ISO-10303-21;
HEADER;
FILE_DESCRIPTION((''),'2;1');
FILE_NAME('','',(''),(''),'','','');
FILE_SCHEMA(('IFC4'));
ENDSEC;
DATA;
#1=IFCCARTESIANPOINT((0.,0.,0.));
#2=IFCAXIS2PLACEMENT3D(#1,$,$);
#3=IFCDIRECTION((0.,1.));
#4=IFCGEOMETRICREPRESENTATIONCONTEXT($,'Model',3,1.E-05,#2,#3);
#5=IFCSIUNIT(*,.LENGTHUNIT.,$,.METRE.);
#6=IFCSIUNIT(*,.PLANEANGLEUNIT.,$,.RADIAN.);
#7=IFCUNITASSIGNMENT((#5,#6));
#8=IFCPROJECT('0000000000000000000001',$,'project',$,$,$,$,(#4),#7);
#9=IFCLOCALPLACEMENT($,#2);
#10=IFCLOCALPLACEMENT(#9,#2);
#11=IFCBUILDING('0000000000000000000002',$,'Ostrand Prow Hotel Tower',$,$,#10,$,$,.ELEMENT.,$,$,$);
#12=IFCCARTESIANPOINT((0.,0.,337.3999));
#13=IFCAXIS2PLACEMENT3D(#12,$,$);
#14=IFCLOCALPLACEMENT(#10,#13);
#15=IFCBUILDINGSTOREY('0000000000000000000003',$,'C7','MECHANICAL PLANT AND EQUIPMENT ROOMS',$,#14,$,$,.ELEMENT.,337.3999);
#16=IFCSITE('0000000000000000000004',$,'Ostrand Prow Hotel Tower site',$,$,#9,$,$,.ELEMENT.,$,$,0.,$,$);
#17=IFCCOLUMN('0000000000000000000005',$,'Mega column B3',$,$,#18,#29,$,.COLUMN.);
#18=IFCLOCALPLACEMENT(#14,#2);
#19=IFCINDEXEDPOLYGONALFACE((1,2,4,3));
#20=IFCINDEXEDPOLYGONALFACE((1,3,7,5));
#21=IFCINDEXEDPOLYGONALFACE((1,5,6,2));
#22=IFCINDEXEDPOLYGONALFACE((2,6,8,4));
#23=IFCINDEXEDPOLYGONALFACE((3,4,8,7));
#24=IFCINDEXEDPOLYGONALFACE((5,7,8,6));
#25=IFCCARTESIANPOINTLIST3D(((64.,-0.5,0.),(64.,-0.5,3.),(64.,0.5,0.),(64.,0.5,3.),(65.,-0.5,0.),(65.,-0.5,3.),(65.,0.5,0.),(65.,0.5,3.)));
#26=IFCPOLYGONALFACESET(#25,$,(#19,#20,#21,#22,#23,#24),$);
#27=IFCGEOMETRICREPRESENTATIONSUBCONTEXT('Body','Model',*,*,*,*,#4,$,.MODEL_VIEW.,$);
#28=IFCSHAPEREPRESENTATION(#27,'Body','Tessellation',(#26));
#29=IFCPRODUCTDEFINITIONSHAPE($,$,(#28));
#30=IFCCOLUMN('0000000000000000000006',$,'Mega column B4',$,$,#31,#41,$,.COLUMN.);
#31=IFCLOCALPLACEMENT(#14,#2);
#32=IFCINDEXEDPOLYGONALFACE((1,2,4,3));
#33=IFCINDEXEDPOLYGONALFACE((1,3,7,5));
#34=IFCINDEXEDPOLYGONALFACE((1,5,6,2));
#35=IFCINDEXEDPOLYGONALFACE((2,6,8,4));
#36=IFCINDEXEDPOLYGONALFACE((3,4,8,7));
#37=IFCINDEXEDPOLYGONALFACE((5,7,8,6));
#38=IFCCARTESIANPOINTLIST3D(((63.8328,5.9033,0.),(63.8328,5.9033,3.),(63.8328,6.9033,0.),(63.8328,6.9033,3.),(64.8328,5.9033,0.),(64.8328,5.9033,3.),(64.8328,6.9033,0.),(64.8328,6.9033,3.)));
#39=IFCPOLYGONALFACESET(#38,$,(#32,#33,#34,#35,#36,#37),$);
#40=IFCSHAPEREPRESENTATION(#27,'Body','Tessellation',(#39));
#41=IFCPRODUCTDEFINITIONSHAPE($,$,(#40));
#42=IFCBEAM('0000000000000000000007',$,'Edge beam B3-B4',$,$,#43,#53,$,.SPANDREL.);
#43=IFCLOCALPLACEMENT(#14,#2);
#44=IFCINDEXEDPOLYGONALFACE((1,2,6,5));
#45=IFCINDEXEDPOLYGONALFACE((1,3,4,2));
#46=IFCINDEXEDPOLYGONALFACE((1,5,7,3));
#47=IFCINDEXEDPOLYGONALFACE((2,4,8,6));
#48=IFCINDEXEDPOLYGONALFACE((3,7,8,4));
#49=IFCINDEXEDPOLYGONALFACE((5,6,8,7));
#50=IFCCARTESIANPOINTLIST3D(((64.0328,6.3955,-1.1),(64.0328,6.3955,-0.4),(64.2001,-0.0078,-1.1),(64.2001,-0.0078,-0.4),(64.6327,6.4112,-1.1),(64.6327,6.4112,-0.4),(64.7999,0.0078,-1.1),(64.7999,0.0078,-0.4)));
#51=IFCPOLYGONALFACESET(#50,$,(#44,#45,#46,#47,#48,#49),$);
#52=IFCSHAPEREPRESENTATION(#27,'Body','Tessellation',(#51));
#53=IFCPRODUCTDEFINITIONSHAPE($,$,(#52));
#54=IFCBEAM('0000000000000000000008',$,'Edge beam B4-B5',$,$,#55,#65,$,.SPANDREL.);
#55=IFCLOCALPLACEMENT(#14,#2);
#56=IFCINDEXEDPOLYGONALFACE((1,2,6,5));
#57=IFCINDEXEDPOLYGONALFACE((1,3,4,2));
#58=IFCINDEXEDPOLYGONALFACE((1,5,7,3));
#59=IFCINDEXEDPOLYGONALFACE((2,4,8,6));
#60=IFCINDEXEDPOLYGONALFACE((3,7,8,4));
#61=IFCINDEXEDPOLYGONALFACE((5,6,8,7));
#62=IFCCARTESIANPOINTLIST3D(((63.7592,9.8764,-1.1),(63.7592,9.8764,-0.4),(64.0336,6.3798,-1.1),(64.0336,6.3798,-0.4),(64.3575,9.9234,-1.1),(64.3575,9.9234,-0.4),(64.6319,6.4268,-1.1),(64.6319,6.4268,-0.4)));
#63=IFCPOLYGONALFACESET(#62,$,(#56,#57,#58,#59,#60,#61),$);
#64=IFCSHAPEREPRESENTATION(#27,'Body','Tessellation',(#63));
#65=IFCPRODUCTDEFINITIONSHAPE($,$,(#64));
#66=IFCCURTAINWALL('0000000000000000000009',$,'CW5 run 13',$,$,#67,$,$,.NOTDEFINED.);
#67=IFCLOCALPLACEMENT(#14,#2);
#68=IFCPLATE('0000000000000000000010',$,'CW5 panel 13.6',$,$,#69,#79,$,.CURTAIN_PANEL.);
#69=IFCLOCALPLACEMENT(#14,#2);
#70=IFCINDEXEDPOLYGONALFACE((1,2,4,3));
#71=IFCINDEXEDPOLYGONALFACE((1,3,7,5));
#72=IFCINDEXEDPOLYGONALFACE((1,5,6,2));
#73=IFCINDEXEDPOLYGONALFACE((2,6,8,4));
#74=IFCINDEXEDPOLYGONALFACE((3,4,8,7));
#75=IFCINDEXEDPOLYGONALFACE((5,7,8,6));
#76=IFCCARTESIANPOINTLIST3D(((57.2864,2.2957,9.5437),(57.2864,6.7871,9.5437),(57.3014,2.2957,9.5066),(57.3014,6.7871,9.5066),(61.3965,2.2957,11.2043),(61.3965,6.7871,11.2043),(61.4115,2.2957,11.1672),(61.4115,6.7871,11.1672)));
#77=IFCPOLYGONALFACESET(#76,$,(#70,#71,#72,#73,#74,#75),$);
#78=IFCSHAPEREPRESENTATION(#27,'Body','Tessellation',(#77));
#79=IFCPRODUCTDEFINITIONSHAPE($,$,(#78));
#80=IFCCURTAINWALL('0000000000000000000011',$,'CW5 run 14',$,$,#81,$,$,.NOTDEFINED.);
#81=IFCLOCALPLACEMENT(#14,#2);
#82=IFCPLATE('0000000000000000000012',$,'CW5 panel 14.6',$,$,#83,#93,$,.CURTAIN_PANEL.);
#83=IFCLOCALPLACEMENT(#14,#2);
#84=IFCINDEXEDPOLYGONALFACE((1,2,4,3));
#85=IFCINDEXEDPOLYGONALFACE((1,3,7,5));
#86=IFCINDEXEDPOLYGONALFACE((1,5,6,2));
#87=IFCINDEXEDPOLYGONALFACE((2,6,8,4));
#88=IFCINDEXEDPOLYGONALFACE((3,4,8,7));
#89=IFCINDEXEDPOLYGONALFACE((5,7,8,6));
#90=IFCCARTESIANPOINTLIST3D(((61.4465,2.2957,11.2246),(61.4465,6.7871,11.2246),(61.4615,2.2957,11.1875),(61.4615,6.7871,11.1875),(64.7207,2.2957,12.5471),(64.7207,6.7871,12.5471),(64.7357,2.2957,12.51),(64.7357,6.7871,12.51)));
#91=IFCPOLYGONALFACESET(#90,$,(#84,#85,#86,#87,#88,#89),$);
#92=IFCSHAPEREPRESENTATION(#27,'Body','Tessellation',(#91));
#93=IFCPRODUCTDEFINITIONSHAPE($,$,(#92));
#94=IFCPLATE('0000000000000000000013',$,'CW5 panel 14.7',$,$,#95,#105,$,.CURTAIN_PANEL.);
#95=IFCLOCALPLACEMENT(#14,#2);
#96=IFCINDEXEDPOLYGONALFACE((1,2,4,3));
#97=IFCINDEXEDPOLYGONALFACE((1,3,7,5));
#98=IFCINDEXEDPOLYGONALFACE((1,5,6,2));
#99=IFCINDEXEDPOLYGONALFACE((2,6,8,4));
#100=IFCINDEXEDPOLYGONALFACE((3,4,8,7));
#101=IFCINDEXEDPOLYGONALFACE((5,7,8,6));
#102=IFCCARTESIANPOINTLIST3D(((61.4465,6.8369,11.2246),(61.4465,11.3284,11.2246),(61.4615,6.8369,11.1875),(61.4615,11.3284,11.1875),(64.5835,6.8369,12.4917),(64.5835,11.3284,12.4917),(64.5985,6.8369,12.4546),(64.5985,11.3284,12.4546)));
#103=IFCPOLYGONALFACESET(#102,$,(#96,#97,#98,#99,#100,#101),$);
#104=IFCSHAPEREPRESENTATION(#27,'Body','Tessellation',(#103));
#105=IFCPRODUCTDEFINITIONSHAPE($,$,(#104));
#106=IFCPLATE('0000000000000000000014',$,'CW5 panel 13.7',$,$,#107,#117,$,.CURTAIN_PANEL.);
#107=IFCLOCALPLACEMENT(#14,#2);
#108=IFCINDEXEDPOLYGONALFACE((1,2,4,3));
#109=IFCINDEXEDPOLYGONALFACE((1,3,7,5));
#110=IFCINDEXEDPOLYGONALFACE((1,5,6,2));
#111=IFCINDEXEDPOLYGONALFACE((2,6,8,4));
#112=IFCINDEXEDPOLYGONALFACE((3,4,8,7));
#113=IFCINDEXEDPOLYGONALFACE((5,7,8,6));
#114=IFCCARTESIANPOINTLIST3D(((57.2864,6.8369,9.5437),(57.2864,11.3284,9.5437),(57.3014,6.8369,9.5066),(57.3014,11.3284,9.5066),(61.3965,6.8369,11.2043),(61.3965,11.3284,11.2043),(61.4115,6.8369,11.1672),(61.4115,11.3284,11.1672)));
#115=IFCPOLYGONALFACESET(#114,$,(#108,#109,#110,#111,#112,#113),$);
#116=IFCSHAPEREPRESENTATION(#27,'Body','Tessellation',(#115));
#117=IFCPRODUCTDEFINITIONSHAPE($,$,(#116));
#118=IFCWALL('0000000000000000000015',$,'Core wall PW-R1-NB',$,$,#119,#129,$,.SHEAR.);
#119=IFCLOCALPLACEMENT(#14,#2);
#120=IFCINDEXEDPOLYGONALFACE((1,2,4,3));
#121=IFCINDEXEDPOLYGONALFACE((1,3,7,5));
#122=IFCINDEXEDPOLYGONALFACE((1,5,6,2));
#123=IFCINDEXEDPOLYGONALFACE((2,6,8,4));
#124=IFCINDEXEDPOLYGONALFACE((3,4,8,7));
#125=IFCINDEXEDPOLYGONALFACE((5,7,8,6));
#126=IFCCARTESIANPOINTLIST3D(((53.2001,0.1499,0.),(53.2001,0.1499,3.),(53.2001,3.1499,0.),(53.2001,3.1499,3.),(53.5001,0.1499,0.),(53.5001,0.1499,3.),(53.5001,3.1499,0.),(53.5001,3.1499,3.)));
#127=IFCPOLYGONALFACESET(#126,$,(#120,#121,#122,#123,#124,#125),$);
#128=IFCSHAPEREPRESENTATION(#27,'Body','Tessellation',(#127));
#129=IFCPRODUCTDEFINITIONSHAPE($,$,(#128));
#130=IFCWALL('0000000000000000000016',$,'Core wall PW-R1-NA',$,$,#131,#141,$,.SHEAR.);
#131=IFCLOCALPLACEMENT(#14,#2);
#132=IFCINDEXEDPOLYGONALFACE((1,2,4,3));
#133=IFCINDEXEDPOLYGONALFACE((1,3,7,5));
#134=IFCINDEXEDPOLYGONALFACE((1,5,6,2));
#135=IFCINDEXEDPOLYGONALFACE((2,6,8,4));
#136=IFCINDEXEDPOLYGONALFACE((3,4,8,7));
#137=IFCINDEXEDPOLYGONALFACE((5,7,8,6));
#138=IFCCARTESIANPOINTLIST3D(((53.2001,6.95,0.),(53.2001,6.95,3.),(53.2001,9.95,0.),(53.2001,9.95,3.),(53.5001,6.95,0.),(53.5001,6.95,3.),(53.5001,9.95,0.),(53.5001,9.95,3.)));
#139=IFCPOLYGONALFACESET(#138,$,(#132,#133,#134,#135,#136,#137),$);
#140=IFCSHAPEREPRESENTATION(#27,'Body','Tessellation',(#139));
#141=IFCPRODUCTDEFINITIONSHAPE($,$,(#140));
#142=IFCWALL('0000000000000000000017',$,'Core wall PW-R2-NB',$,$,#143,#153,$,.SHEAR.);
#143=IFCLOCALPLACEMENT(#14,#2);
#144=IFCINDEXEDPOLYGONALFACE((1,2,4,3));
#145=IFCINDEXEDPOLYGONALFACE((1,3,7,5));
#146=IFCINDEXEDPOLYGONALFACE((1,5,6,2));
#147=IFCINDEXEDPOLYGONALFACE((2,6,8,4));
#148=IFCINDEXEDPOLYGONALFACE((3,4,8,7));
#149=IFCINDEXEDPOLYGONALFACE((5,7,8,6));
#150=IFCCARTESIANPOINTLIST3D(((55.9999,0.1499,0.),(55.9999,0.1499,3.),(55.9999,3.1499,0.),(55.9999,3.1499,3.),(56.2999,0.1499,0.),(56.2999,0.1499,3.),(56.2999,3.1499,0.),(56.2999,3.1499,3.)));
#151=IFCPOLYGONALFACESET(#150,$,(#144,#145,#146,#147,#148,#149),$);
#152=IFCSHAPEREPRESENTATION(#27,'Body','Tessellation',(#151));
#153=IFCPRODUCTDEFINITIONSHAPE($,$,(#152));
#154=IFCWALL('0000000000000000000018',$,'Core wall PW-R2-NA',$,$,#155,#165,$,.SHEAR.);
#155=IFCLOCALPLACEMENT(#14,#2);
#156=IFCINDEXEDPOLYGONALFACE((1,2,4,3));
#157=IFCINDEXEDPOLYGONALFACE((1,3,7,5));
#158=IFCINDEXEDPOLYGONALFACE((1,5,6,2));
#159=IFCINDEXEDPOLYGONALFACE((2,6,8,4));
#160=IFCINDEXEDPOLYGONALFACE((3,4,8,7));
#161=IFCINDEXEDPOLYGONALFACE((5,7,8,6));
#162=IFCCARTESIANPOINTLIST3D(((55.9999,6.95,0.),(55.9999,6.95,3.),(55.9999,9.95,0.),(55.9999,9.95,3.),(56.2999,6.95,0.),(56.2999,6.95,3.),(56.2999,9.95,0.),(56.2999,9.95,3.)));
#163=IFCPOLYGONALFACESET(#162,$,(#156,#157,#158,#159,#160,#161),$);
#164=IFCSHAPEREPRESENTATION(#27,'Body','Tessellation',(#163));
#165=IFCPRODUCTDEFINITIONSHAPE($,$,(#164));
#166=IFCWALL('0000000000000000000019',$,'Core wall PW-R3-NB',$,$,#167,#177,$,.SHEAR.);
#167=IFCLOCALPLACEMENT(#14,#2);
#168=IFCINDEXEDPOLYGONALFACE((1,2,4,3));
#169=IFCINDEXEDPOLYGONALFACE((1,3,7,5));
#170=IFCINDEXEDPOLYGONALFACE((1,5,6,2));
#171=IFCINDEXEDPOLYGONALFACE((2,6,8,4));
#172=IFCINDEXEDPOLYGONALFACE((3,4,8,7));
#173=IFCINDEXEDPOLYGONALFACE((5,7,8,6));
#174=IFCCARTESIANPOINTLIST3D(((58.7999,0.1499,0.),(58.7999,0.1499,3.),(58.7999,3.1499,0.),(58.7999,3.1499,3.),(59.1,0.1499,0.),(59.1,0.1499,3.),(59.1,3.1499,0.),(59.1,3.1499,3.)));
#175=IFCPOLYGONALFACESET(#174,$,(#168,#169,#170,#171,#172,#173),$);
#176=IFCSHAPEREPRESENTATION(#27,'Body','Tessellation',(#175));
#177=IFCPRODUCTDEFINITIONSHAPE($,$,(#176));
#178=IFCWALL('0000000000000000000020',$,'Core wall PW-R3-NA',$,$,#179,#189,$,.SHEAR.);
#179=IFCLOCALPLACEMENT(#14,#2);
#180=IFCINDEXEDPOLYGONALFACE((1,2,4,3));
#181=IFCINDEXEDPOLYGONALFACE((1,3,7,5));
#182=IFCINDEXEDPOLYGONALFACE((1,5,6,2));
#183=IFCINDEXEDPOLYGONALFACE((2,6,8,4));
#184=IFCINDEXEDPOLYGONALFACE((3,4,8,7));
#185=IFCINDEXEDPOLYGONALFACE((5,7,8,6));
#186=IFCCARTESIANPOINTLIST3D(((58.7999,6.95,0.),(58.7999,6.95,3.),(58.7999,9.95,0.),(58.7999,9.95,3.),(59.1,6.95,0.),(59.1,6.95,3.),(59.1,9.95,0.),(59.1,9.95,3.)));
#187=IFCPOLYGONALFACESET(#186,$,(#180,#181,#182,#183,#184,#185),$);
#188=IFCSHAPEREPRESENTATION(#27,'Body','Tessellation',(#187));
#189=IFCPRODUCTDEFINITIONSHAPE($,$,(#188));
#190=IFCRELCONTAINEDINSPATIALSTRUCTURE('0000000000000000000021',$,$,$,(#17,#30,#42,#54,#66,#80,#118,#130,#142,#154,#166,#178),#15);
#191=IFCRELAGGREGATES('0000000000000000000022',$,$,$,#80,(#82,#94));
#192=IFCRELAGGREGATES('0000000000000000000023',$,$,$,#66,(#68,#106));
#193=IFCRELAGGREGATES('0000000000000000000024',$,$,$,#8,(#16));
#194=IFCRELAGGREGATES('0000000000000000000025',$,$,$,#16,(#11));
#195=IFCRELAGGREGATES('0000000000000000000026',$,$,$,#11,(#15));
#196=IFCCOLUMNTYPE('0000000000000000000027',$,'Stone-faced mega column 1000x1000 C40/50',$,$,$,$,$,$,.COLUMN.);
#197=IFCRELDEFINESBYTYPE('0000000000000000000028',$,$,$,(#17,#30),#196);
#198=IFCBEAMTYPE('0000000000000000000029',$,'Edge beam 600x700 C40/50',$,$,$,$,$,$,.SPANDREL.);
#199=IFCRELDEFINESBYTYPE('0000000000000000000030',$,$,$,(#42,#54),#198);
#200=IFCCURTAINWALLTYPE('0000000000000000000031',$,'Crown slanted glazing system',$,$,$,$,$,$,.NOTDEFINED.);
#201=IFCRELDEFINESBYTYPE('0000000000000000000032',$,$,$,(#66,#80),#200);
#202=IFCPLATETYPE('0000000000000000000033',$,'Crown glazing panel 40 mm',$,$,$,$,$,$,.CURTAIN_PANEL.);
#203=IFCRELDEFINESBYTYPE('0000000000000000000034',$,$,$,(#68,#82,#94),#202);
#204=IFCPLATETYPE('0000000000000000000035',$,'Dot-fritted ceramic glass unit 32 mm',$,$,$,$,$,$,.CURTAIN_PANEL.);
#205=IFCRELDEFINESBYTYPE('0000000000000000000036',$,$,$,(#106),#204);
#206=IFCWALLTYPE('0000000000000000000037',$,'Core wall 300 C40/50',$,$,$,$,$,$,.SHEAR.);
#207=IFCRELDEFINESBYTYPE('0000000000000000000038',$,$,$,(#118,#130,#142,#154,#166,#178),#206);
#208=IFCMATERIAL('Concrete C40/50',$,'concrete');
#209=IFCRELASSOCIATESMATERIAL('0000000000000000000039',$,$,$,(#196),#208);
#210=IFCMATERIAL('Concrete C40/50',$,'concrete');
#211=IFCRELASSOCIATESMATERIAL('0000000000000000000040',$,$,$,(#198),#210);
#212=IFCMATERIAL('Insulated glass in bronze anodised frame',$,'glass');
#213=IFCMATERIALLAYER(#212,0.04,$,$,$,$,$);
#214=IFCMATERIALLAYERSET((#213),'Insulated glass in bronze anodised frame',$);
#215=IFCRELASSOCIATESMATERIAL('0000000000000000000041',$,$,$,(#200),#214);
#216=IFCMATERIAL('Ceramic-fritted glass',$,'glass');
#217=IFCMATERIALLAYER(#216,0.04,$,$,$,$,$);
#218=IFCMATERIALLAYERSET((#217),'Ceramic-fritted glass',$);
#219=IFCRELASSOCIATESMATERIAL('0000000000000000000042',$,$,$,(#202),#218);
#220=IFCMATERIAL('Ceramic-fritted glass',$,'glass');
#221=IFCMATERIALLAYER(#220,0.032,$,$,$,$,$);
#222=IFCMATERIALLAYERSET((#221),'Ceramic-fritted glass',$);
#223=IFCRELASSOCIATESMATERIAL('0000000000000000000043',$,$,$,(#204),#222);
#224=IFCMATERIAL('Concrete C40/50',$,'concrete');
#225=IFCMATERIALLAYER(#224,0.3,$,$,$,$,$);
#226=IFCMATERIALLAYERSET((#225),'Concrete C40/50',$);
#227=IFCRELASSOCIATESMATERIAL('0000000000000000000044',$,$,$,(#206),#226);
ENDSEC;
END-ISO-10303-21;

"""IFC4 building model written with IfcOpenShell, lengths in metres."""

from ifc_helpers import new_model, si_unit, direction, frame, frame_2d, origin, origin_2d, place, context, subcontext, project, spatial, polyline, rectangle, outline, extrude, material, layer, layer_set, material_profile, profile_set, type_object, element, aggregate, save


model = new_model("IFC4")

# Units and contexts
model_context = context("Model", 3, precision=1e-05, world=origin(), true_north=direction((0.0, 1.0)))
body_context = subcontext(model_context, "Body", "Model", "MODEL_VIEW")
ifc_project = project(units=[si_unit("LENGTHUNIT", "METRE"), si_unit("PLANEANGLEUNIT", "RADIAN")], contexts=[model_context])

# Site, building, storey
site_placement = place(None, origin())
site = spatial("IfcSite", under=ifc_project, at=site_placement, Name="Ostrand Prow Hotel Tower site", CompositionType="ELEMENT", RefElevation=0.0)
building_placement = place(site_placement, origin())
building = spatial("IfcBuilding", under=site, at=building_placement, Name="Ostrand Prow Hotel Tower", CompositionType="ELEMENT")
storey_placement = place(building_placement, frame((0.0, 0.0, 337.3999)))
storey = spatial("IfcBuildingStorey", under=building, at=storey_placement, Name="C7", Description="MECHANICAL PLANT AND EQUIPMENT ROOMS", CompositionType="ELEMENT", Elevation=337.3999)

# Columns
ifc_material_1 = material(Name="Concrete C40/50", Category="concrete")
ifc_material_profile_1 = material_profile(ifc_material_1, rectangle(XDim=1.0, YDim=1.0, at=origin_2d()), Name="RC 1000x1000")
ifc_profile_set_1 = profile_set([ifc_material_profile_1], Name="Concrete C40/50")
column_type = type_object("IfcColumnType", Name="Stone-faced mega column 1000x1000 C40/50", PredefinedType="COLUMN", material=ifc_profile_set_1)
for number, where, z_axis, x_axis, name in (
    (1, (64.5, 0.0, 0.0), (0.0, 0.0, 1.0), (1.0, 0.0, 0.0), "Mega column B3"),
    (2, (64.3328, 6.4033, 0.0), (0.0, 0.0, 1.0), (1.0, 0.0, 0.0), "Mega column B4"),
):
    element("IfcColumn", number, at=place(storey_placement, frame(where, z_axis=z_axis, x_axis=x_axis)), inside=storey, type_object=column_type, Name=name, PredefinedType="COLUMN", context=body_context, shape_type="SweptSolid", body=[
        extrude(rectangle(XDim=1.0, YDim=1.0, at=origin_2d()), origin(), (0.0, 0.0, 1.0), 3.0),
    ])

# Beams
ifc_material_2 = material(Name="Concrete C40/50", Category="concrete")
ifc_material_profile_2 = material_profile(ifc_material_2, rectangle(XDim=0.6001, YDim=0.7, at=origin_2d()), Name="RC 600x700")
ifc_profile_set_2 = profile_set([ifc_material_profile_2], Name="Concrete C40/50")
beam_type = type_object("IfcBeamType", Name="Edge beam 600x700 C40/50", PredefinedType="SPANDREL", material=ifc_profile_set_2)
beam_1_placement = place(storey_placement, frame((64.5, 0.0, -0.75), z_axis=(-0.026108, 0.999659, 0.0), x_axis=(-0.999659, -0.026108, 0.0)))
element("IfcBeam", 3, at=beam_1_placement, inside=storey, type_object=beam_type, Name="Edge beam B3-B4", PredefinedType="SPANDREL", context=body_context, shape_type="SweptSolid", body=[
    extrude(rectangle(XDim=0.6001, YDim=0.7, at=origin_2d()), origin(), (0.0, 0.0, 1.0), 6.4055),
])
beam_2_placement = place(storey_placement, frame((64.3328, 6.4033, -0.75), z_axis=(-0.07824, 0.996935, 0.0), x_axis=(-0.996935, -0.07824, 0.0)))
element("IfcBeam", 4, at=beam_2_placement, inside=storey, type_object=beam_type, Name="Edge beam B4-B5", PredefinedType="SPANDREL", context=body_context, shape_type="SweptSolid", body=[
    extrude(rectangle(XDim=0.6001, YDim=0.7, at=origin_2d()), origin(), (0.0, 0.0, 1.0), 3.5073),
])

# Curtain wall, plate
ifc_material_3 = material(Name="Insulated glass in bronze anodised frame", Category="glass")
ifc_layer_1 = layer(ifc_material_3, 0.04)
ifc_layer_set_1 = layer_set([ifc_layer_1], Name="Insulated glass in bronze anodised frame")
curtain_wall_type = type_object("IfcCurtainWallType", Name="Crown slanted glazing system", PredefinedType="NOTDEFINED", material=ifc_layer_set_1)
curtain_wall_1_placement = place(storey_placement, origin())
curtain_wall_1 = element("IfcCurtainWall", 5, at=curtain_wall_1_placement, inside=storey, type_object=curtain_wall_type, Name="CW5 run 13", PredefinedType="NOTDEFINED")
ifc_material_4 = material(Name="Ceramic-fritted glass", Category="glass")
ifc_layer_2 = layer(ifc_material_4, 0.04)
ifc_layer_set_2 = layer_set([ifc_layer_2], Name="Ceramic-fritted glass")
plate_type_1 = type_object("IfcPlateType", Name="Crown glazing panel 40 mm", PredefinedType="CURTAIN_PANEL", material=ifc_layer_set_2)
plate_1_placement = place(storey_placement, frame((57.2864, 2.2957, 9.5437), z_axis=(-0.374617, 0.0, 0.92718), x_axis=(0.92718, 0.0, 0.374617)))
plate_1 = element("IfcPlate", 6, at=plate_1_placement, type_object=plate_type_1, Name="CW5 panel 13.6", PredefinedType="CURTAIN_PANEL", context=body_context, shape_type="SweptSolid", body=[
    extrude(outline(polyline([(0.0, 0.0), (4.4329, 0.0), (4.4329, 4.4915), (0.0, 4.4915), (0.0, 0.0)])), origin(), (0.0, 0.0, -1.0), 0.04),
])

# Curtain wall, plates
curtain_wall_2_placement = place(storey_placement, origin())
curtain_wall_2 = element("IfcCurtainWall", 7, at=curtain_wall_2_placement, inside=storey, type_object=curtain_wall_type, Name="CW5 run 14", PredefinedType="NOTDEFINED")
plate_2_placement = place(storey_placement, frame((64.7207, 2.2957, 12.5471), z_axis=(-0.374524, 0.0, 0.927217), x_axis=(0.0, 1.0, 0.0)))
plate_2 = element("IfcPlate", 8, at=plate_2_placement, type_object=plate_type_1, Name="CW5 panel 14.6", PredefinedType="CURTAIN_PANEL", context=body_context, shape_type="SweptSolid", body=[
    extrude(outline(polyline([(0.0, 0.0), (4.4915, 0.0), (4.4915, 3.5312), (0.0, 3.5312), (0.0, 0.0)])), origin(), (0.0, 0.0, -1.0), 0.04),
])
plate_3_placement = place(storey_placement, frame((64.5835, 6.8369, 12.4917), z_axis=(-0.374524, 0.0, 0.927217), x_axis=(0.0, 1.0, 0.0)))
plate_3 = element("IfcPlate", 9, at=plate_3_placement, type_object=plate_type_1, Name="CW5 panel 14.7", PredefinedType="CURTAIN_PANEL", context=body_context, shape_type="SweptSolid", body=[
    extrude(outline(polyline([(0.0, 0.0), (4.4915, 0.0), (4.4915, 3.3832), (0.0, 3.3832), (0.0, 0.0)])), origin(), (0.0, 0.0, -1.0), 0.04),
])
aggregate(curtain_wall_2, [plate_2, plate_3])

# Plate
ifc_material_5 = material(Name="Ceramic-fritted glass", Category="glass")
ifc_layer_3 = layer(ifc_material_5, 0.032)
ifc_layer_set_3 = layer_set([ifc_layer_3], Name="Ceramic-fritted glass")
plate_type_2 = type_object("IfcPlateType", Name="Dot-fritted ceramic glass unit 32 mm", PredefinedType="CURTAIN_PANEL", material=ifc_layer_set_3)
plate_4_placement = place(storey_placement, frame((57.2864, 6.8369, 9.5437), z_axis=(-0.374617, 0.0, 0.92718), x_axis=(0.92718, 0.0, 0.374617)))
plate_4 = element("IfcPlate", 10, at=plate_4_placement, type_object=plate_type_2, Name="CW5 panel 13.7", PredefinedType="CURTAIN_PANEL", context=body_context, shape_type="SweptSolid", body=[
    extrude(outline(polyline([(0.0, 0.0), (4.4329, 0.0), (4.4329, 4.4915), (0.0, 4.4915), (0.0, 0.0)])), origin(), (0.0, 0.0, -1.0), 0.04),
])
aggregate(curtain_wall_1, [plate_1, plate_4])

# Walls
ifc_material_6 = material(Name="Concrete C40/50", Category="concrete")
ifc_layer_4 = layer(ifc_material_6, 0.3)
ifc_layer_set_4 = layer_set([ifc_layer_4], Name="Concrete C40/50")
wall_type_1 = type_object("IfcWallType", Name="Core wall 300 C40/50", PredefinedType="SHEAR", material=ifc_layer_set_4)
for number, where, z_axis, x_axis, name in (
    (11, (53.3501, 0.1499, 0.0), (0.0, 0.0, 1.0), (0.0, 1.0, 0.0), "Core wall PW-R1-NB"),
    (12, (53.3501, 6.95, 0.0), (0.0, 0.0, 1.0), (0.0, 1.0, 0.0), "Core wall PW-R1-NA"),
    (13, (56.1499, 0.1499, 0.0), (0.0, 0.0, 1.0), (0.0, 1.0, 0.0), "Core wall PW-R2-NB"),
    (14, (56.1499, 6.95, 0.0), (0.0, 0.0, 1.0), (0.0, 1.0, 0.0), "Core wall PW-R2-NA"),
    (15, (58.95, 0.1499, 0.0), (0.0, 0.0, 1.0), (0.0, 1.0, 0.0), "Core wall PW-R3-NB"),
    (16, (58.95, 6.95, 0.0), (0.0, 0.0, 1.0), (0.0, 1.0, 0.0), "Core wall PW-R3-NA"),
):
    element("IfcWall", number, at=place(storey_placement, frame(where, z_axis=z_axis, x_axis=x_axis)), inside=storey, type_object=wall_type_1, Name=name, PredefinedType="SHEAR", context=body_context, shape_type="SweptSolid", body=[
        extrude(rectangle(XDim=3.0, YDim=0.3, at=frame_2d((1.5, 0.0))), origin(), (0.0, 0.0, 1.0), 3.0),
    ])

save(model, "model.ifc")
